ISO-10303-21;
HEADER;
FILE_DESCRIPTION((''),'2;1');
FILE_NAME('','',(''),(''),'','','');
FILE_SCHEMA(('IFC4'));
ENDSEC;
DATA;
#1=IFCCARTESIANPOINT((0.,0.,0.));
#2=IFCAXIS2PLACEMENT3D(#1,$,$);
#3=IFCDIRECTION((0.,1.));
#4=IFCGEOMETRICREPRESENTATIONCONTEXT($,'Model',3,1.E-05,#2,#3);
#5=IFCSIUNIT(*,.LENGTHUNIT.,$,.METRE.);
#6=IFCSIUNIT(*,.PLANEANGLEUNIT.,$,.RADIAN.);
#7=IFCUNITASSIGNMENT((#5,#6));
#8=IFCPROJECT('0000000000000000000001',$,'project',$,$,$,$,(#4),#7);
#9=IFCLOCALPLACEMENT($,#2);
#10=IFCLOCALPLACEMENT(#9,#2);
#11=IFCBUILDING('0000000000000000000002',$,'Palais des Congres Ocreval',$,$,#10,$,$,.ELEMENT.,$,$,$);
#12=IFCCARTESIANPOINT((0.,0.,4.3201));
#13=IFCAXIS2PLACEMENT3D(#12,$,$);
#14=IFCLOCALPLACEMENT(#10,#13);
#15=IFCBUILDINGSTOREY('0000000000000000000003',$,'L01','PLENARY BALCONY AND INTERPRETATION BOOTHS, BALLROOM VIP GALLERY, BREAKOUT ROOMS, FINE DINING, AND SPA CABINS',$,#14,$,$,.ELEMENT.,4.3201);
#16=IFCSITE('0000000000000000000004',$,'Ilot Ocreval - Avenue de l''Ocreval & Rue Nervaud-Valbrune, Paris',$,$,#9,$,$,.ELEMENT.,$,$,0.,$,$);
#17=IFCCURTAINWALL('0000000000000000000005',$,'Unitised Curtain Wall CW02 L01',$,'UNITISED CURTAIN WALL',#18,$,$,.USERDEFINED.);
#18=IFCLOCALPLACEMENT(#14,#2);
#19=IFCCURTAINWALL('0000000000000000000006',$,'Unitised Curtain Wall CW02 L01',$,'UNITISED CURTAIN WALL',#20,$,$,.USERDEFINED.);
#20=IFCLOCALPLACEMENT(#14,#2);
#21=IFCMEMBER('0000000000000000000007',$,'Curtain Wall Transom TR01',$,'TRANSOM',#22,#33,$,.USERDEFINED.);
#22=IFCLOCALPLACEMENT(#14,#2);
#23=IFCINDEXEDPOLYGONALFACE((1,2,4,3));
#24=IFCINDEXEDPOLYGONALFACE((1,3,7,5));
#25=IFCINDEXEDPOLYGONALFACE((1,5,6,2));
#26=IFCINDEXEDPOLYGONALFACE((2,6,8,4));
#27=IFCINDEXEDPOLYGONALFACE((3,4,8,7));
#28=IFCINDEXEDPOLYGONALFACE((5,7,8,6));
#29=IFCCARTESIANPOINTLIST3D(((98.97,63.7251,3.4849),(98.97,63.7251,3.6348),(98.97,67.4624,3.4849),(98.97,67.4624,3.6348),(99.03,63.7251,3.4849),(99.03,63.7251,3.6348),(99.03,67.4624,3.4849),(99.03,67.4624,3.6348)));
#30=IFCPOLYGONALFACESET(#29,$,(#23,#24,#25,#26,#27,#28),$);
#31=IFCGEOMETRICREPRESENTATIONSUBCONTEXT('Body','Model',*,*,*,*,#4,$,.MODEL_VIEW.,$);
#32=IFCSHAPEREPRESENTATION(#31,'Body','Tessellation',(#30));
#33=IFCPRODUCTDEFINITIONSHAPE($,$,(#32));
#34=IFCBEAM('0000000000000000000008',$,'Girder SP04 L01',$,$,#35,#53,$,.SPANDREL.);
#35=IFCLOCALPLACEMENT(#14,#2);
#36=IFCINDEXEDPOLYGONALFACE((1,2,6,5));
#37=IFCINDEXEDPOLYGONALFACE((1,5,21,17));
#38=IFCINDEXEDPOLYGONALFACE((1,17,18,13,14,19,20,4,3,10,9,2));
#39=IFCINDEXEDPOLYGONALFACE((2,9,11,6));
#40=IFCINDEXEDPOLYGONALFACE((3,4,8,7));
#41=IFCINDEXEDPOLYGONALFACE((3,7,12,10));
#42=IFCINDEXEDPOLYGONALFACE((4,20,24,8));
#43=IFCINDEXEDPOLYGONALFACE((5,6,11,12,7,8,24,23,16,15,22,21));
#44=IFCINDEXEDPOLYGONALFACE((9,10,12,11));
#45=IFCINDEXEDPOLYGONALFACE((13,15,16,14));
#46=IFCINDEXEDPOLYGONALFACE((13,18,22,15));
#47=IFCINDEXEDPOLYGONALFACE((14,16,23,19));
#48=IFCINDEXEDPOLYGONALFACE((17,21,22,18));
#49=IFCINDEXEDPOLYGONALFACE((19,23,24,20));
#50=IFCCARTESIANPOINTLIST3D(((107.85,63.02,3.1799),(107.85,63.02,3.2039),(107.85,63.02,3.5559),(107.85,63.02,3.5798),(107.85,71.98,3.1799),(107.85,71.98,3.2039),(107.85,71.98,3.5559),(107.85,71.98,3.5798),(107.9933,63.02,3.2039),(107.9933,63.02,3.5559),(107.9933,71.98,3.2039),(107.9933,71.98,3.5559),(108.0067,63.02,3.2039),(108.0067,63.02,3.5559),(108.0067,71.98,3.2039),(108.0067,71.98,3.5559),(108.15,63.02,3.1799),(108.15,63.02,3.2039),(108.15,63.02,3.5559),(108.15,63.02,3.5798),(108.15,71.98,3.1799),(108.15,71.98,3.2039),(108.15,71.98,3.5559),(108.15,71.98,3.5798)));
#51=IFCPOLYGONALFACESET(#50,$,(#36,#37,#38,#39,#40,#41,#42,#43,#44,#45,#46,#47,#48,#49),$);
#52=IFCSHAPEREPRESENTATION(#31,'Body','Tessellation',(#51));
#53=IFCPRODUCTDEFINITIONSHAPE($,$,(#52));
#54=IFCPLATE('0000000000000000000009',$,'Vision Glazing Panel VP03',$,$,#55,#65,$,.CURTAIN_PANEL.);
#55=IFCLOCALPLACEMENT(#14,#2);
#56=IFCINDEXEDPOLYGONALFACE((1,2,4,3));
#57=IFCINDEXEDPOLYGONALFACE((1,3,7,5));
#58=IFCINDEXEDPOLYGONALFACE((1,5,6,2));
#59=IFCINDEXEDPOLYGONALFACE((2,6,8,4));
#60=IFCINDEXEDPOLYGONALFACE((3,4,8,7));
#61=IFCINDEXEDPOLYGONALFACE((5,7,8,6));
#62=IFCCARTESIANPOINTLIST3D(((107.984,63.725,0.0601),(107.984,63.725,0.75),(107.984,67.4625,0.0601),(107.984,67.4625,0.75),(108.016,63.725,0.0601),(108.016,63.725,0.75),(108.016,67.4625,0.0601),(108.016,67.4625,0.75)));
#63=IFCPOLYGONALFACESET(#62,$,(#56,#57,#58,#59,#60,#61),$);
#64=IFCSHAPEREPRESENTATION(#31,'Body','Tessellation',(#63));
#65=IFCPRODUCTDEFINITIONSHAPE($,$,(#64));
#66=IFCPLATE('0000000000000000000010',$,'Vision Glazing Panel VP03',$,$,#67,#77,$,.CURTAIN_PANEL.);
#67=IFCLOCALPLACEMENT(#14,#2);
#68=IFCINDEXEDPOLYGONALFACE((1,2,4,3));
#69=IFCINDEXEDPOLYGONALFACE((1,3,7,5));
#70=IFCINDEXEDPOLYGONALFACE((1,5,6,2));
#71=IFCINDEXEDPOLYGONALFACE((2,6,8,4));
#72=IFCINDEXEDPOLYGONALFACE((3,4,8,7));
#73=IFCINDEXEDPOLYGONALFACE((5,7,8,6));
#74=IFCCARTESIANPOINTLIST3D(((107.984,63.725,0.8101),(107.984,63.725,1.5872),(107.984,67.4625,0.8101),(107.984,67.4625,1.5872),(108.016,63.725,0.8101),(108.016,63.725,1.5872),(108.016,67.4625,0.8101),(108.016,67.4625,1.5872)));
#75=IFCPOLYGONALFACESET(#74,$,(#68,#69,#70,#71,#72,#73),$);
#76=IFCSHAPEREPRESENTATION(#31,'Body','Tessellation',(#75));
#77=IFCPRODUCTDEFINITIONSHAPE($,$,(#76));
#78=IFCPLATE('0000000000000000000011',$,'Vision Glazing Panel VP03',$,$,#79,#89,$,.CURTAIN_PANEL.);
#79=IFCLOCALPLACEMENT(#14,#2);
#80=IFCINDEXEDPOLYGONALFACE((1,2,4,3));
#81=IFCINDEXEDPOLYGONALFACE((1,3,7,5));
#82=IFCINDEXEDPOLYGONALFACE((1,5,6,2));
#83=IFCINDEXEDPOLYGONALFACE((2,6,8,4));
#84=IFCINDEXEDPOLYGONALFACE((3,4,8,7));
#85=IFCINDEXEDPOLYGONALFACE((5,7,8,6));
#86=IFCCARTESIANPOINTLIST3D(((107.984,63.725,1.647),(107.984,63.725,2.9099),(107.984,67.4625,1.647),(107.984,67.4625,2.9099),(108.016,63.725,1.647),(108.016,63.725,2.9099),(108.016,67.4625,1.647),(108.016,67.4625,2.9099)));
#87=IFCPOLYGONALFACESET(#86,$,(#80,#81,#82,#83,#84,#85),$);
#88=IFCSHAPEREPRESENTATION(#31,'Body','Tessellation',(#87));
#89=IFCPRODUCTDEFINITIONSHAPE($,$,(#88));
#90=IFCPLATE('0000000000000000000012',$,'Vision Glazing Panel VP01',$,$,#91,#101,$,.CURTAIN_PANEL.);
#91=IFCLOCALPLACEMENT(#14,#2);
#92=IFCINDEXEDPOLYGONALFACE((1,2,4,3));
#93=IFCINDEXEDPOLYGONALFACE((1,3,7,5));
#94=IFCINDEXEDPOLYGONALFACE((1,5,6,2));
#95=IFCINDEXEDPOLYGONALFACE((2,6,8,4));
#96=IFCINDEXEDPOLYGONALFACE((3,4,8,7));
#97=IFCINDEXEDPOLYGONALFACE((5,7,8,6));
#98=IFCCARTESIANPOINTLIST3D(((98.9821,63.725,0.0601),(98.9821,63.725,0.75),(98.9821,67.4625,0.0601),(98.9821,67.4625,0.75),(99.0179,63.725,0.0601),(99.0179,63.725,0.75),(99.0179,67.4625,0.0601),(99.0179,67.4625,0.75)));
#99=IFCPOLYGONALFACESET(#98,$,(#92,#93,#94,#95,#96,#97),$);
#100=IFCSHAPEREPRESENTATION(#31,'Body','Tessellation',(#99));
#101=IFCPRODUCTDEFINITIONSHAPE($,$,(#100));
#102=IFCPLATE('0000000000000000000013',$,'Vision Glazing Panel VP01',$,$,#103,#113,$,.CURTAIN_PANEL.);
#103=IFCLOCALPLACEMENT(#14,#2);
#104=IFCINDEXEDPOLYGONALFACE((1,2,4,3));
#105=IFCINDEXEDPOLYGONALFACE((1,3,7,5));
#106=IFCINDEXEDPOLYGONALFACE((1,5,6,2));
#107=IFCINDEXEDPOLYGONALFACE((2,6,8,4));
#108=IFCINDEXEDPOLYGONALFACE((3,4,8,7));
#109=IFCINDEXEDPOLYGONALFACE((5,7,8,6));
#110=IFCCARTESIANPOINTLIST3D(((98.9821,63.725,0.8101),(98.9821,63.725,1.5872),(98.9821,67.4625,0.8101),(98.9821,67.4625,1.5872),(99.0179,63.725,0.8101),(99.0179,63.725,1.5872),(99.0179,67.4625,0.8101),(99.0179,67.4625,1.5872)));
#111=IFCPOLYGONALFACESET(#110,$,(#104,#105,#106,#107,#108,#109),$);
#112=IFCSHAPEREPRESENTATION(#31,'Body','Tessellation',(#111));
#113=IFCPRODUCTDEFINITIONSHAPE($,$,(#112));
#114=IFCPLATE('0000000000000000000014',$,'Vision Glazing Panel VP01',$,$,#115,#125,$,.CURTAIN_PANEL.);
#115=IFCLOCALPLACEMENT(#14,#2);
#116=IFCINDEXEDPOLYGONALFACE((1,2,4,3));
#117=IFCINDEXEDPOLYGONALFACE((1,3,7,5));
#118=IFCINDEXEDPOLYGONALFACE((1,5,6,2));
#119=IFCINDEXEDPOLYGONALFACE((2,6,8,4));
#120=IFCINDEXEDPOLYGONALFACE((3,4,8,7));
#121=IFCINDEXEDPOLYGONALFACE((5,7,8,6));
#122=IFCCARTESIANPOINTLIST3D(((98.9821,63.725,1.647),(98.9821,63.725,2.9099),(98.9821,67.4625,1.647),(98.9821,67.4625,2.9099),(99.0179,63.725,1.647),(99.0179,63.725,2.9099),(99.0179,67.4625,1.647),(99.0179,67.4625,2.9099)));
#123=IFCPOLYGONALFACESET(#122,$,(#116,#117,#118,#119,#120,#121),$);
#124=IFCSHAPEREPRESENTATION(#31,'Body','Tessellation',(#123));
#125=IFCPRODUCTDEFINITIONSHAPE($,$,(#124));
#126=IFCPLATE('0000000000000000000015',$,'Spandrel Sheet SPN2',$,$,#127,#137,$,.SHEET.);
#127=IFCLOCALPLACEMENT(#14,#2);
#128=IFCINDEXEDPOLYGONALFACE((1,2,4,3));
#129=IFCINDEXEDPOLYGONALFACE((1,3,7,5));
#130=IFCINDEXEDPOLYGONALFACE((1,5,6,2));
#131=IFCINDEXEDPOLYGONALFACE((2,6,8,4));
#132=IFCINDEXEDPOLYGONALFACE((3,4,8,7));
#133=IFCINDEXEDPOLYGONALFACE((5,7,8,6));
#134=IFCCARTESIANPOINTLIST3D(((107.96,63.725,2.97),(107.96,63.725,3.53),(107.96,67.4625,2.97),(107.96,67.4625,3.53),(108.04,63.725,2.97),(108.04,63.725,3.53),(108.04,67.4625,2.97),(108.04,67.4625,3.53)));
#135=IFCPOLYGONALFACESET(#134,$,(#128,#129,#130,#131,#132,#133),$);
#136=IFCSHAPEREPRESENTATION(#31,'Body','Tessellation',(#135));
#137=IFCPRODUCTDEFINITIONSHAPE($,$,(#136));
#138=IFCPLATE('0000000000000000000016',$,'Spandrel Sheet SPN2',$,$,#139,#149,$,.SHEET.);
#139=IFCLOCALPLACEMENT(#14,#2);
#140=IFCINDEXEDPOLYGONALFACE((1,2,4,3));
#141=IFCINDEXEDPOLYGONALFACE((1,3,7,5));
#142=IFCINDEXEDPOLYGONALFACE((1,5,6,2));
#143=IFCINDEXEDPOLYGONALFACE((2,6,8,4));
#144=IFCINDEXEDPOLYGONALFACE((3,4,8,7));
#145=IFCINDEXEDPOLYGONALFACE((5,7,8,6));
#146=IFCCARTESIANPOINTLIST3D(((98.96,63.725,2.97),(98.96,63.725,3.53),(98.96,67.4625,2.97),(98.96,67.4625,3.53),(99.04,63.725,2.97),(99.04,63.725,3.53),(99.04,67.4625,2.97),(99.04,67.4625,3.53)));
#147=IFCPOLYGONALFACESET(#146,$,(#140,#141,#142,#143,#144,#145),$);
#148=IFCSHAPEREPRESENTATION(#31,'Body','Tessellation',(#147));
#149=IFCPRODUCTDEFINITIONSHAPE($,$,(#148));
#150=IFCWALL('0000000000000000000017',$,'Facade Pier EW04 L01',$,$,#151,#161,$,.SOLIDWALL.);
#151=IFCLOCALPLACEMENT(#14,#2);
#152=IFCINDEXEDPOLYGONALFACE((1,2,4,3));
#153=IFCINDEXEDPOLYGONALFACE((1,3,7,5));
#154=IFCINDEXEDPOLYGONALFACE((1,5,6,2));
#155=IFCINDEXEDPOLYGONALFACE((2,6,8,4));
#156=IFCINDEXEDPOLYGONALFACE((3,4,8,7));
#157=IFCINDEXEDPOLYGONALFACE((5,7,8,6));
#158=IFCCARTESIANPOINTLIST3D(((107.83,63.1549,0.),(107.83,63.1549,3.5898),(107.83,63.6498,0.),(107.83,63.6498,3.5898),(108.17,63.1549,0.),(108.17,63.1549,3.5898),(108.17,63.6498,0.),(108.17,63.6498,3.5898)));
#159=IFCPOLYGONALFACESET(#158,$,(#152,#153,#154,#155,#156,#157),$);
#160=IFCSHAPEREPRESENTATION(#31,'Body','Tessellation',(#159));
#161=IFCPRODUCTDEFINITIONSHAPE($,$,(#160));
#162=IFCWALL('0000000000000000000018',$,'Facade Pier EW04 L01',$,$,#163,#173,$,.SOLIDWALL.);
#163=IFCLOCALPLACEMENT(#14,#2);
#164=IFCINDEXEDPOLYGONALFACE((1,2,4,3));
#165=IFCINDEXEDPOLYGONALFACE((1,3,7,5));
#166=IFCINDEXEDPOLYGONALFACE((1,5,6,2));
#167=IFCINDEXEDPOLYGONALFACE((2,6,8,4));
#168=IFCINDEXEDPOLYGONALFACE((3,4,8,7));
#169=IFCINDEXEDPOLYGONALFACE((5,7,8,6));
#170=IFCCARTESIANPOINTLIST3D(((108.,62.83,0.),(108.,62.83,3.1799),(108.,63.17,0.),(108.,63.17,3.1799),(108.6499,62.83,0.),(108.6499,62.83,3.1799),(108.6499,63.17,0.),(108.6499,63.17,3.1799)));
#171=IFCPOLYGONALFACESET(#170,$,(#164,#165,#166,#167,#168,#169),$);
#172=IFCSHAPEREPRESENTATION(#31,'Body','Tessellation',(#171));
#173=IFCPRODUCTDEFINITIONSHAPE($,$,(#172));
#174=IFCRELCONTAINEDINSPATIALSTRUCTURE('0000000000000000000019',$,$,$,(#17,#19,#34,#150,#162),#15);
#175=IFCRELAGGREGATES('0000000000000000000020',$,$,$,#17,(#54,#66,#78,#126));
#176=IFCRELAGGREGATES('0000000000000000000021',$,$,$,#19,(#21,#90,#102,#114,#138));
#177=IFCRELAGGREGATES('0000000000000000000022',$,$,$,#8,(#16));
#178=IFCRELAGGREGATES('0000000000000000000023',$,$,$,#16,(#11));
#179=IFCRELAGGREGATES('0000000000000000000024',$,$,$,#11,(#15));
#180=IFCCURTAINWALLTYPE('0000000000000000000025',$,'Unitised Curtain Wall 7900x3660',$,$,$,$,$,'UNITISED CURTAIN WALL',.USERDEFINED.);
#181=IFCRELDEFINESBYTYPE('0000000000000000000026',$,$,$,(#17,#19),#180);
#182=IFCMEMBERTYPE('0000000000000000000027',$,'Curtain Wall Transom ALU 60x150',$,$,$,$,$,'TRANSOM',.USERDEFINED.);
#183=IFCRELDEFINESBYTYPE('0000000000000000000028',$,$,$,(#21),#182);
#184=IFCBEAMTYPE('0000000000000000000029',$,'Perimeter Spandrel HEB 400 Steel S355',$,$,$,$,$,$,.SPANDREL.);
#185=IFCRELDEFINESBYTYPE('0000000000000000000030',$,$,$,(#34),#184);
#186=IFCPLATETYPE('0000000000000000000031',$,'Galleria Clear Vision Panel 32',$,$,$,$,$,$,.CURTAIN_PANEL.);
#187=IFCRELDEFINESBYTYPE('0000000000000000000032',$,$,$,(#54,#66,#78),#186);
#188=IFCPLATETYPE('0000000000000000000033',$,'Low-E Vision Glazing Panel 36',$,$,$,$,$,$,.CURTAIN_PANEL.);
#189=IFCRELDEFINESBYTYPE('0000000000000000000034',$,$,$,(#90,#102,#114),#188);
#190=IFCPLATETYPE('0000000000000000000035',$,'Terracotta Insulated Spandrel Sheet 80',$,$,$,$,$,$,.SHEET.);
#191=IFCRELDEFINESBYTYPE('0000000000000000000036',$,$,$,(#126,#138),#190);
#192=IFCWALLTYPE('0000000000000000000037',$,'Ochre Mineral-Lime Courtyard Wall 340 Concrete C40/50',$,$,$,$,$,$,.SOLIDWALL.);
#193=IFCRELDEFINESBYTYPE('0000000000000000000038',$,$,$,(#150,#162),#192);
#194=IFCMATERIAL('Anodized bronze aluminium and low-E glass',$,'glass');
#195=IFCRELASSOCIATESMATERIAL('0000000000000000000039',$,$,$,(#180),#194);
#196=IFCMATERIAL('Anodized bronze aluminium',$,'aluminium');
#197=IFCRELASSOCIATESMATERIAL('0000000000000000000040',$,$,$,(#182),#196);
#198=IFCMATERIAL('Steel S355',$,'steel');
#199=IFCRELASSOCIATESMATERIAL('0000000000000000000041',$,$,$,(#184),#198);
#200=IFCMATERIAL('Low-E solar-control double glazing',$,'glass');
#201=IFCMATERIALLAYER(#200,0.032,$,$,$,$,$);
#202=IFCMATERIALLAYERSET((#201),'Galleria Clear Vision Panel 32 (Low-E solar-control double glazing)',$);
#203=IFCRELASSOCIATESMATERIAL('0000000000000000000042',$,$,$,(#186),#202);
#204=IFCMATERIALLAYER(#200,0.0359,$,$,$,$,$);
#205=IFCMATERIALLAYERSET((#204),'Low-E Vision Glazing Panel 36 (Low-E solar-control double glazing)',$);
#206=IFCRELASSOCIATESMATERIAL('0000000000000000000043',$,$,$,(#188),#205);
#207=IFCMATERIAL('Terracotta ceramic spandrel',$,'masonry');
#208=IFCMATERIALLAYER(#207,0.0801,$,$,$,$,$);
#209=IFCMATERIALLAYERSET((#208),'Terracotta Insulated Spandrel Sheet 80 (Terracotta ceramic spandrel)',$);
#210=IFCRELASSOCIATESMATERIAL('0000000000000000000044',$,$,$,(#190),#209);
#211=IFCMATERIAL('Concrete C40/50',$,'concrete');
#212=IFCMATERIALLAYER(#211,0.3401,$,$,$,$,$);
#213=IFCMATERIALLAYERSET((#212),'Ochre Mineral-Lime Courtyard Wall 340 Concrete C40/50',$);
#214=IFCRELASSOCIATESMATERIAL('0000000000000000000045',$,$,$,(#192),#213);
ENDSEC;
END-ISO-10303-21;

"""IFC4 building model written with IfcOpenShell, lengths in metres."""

from ifc_helpers import new_model, si_unit, direction, frame, frame_2d, origin, origin_2d, place, context, subcontext, project, spatial, rectangle, i_section, extrude, material, layer, layer_set, material_profile, profile_set, type_object, element, aggregate, save


model = new_model("IFC4")

# Units and contexts
model_context = context("Model", 3, precision=1e-05, world=origin(), true_north=direction((0.0, 1.0)))
body_context = subcontext(model_context, "Body", "Model", "MODEL_VIEW")
ifc_project = project(units=[si_unit("LENGTHUNIT", "METRE"), si_unit("PLANEANGLEUNIT", "RADIAN")], contexts=[model_context])

# Site, building, storey
site_placement = place(None, origin())
site = spatial("IfcSite", under=ifc_project, at=site_placement, Name="Ilot Ocreval - Avenue de l'Ocreval & Rue Nervaud-Valbrune, Paris", CompositionType="ELEMENT", RefElevation=0.0)
building_placement = place(site_placement, origin())
building = spatial("IfcBuilding", under=site, at=building_placement, Name="Palais des Congres Ocreval", CompositionType="ELEMENT")
storey_placement = place(building_placement, frame((0.0, 0.0, 4.3201)))
storey = spatial("IfcBuildingStorey", under=building, at=storey_placement, Name="L01", Description="PLENARY BALCONY AND INTERPRETATION BOOTHS, BALLROOM VIP GALLERY, BREAKOUT ROOMS, FINE DINING, AND SPA CABINS", CompositionType="ELEMENT", Elevation=4.3201)

# Shared definitions
ifc_material_1 = material(Name="Steel S355", Category="steel")

# Curtain walls
ifc_material_2 = material(Name="Anodized bronze aluminium and low-E glass", Category="glass")
curtain_wall_type = type_object("IfcCurtainWallType", Name="Unitised Curtain Wall 7900x3660", ElementType="UNITISED CURTAIN WALL", PredefinedType="USERDEFINED", material=ifc_material_2)
curtain_wall_1_placement = place(storey_placement, origin())
curtain_wall_1 = element("IfcCurtainWall", 1, at=curtain_wall_1_placement, inside=storey, type_object=curtain_wall_type, Name="Unitised Curtain Wall CW02 L01", ObjectType="UNITISED CURTAIN WALL", PredefinedType="USERDEFINED")
ifc_material_3 = material(Name="Anodized bronze aluminium", Category="aluminium")
curtain_wall_2_placement = place(storey_placement, origin())
curtain_wall_2 = element("IfcCurtainWall", 2, at=curtain_wall_2_placement, inside=storey, type_object=curtain_wall_type, Name="Unitised Curtain Wall CW02 L01", ObjectType="UNITISED CURTAIN WALL", PredefinedType="USERDEFINED")

# Member
ifc_material_profile_1 = material_profile(ifc_material_3, rectangle(XDim=0.0601, YDim=0.1499, at=origin_2d()), Name="ALU 60x150")
ifc_profile_set_1 = profile_set([ifc_material_profile_1], Name="Anodized bronze aluminium")
member_type_1 = type_object("IfcMemberType", Name="Curtain Wall Transom ALU 60x150", ElementType="TRANSOM", PredefinedType="USERDEFINED", material=ifc_profile_set_1)
member_1_placement = place(storey_placement, frame((99.0, 63.7251, 3.5598), z_axis=(0.0, 1.0, 0.0), x_axis=(-1.0, 0.0, 0.0)))
member_1 = element("IfcMember", 3, at=member_1_placement, type_object=member_type_1, Name="Curtain Wall Transom TR01", ObjectType="TRANSOM", PredefinedType="USERDEFINED", context=body_context, shape_type="SweptSolid", body=[
    extrude(rectangle(XDim=0.0601, YDim=0.1499, at=origin_2d()), origin(), (0.0, 0.0, 1.0), 3.7373),
])

# Beam
ifc_material_profile_2 = material_profile(ifc_material_1, i_section(OverallWidth=0.3, OverallDepth=0.3999, WebThickness=0.0134, FlangeThickness=0.0239, at=origin_2d()), Name="HEB 400")
ifc_profile_set_2 = profile_set([ifc_material_profile_2], Name="Steel S355")
beam_type = type_object("IfcBeamType", Name="Perimeter Spandrel HEB 400 Steel S355", PredefinedType="SPANDREL", material=ifc_profile_set_2)
beam_placement = place(storey_placement, frame((108.0, 63.02, 3.3799), z_axis=(0.0, 1.0, 0.0), x_axis=(-1.0, 0.0, 0.0)))
element("IfcBeam", 4, at=beam_placement, inside=storey, type_object=beam_type, Name="Girder SP04 L01", PredefinedType="SPANDREL", context=body_context, shape_type="SweptSolid", body=[
    extrude(i_section(OverallWidth=0.3, OverallDepth=0.3999, WebThickness=0.0134, FlangeThickness=0.0239, at=origin_2d()), origin(), (0.0, 0.0, 1.0), 8.96),
])

# Plates
ifc_material_4 = material(Name="Low-E solar-control double glazing", Category="glass")
ifc_layer_1 = layer(ifc_material_4, 0.032)
ifc_layer_set_1 = layer_set([ifc_layer_1], Name="Galleria Clear Vision Panel 32 (Low-E solar-control double glazing)")
plate_type_1 = type_object("IfcPlateType", Name="Galleria Clear Vision Panel 32", PredefinedType="CURTAIN_PANEL", material=ifc_layer_set_1)
plate_1_placement = place(storey_placement, frame((108.0, 65.5938, 0.0601), z_axis=(0.0, 0.0, 1.0), x_axis=(0.0, -1.0, 0.0)))
plate_1 = element("IfcPlate", 5, at=plate_1_placement, type_object=plate_type_1, Name="Vision Glazing Panel VP03", PredefinedType="CURTAIN_PANEL", context=body_context, shape_type="SweptSolid", body=[
    extrude(rectangle(XDim=3.7375, YDim=0.032, at=origin_2d()), origin(), (0.0, 0.0, 1.0), 0.6899),
])
plate_2_placement = place(storey_placement, frame((108.0, 65.5938, 0.8101), z_axis=(0.0, 0.0, 1.0), x_axis=(0.0, -1.0, 0.0)))
plate_2 = element("IfcPlate", 6, at=plate_2_placement, type_object=plate_type_1, Name="Vision Glazing Panel VP03", PredefinedType="CURTAIN_PANEL", context=body_context, shape_type="SweptSolid", body=[
    extrude(rectangle(XDim=3.7375, YDim=0.032, at=origin_2d()), origin(), (0.0, 0.0, 1.0), 0.7771),
])
plate_3_placement = place(storey_placement, frame((108.0, 65.5938, 1.647), z_axis=(0.0, 0.0, 1.0), x_axis=(0.0, -1.0, 0.0)))
plate_3 = element("IfcPlate", 7, at=plate_3_placement, type_object=plate_type_1, Name="Vision Glazing Panel VP03", PredefinedType="CURTAIN_PANEL", context=body_context, shape_type="SweptSolid", body=[
    extrude(rectangle(XDim=3.7375, YDim=0.032, at=origin_2d()), origin(), (0.0, 0.0, 1.0), 1.2629),
])
ifc_layer_2 = layer(ifc_material_4, 0.0359)
ifc_layer_set_2 = layer_set([ifc_layer_2], Name="Low-E Vision Glazing Panel 36 (Low-E solar-control double glazing)")
plate_type_2 = type_object("IfcPlateType", Name="Low-E Vision Glazing Panel 36", PredefinedType="CURTAIN_PANEL", material=ifc_layer_set_2)
plate_4_placement = place(storey_placement, frame((99.0, 65.5938, 0.0601), z_axis=(0.0, 0.0, 1.0), x_axis=(0.0, 1.0, 0.0)))
plate_4 = element("IfcPlate", 8, at=plate_4_placement, type_object=plate_type_2, Name="Vision Glazing Panel VP01", PredefinedType="CURTAIN_PANEL", context=body_context, shape_type="SweptSolid", body=[
    extrude(rectangle(XDim=3.7375, YDim=0.0359, at=origin_2d()), origin(), (0.0, 0.0, 1.0), 0.6899),
])
plate_5_placement = place(storey_placement, frame((99.0, 65.5938, 0.8101), z_axis=(0.0, 0.0, 1.0), x_axis=(0.0, 1.0, 0.0)))
plate_5 = element("IfcPlate", 9, at=plate_5_placement, type_object=plate_type_2, Name="Vision Glazing Panel VP01", PredefinedType="CURTAIN_PANEL", context=body_context, shape_type="SweptSolid", body=[
    extrude(rectangle(XDim=3.7375, YDim=0.0359, at=origin_2d()), origin(), (0.0, 0.0, 1.0), 0.7771),
])
plate_6_placement = place(storey_placement, frame((99.0, 65.5938, 1.647), z_axis=(0.0, 0.0, 1.0), x_axis=(0.0, 1.0, 0.0)))
plate_6 = element("IfcPlate", 10, at=plate_6_placement, type_object=plate_type_2, Name="Vision Glazing Panel VP01", PredefinedType="CURTAIN_PANEL", context=body_context, shape_type="SweptSolid", body=[
    extrude(rectangle(XDim=3.7375, YDim=0.0359, at=origin_2d()), origin(), (0.0, 0.0, 1.0), 1.2629),
])
ifc_material_5 = material(Name="Terracotta ceramic spandrel", Category="masonry")
ifc_layer_3 = layer(ifc_material_5, 0.0801)
ifc_layer_set_3 = layer_set([ifc_layer_3], Name="Terracotta Insulated Spandrel Sheet 80 (Terracotta ceramic spandrel)")
plate_type_3 = type_object("IfcPlateType", Name="Terracotta Insulated Spandrel Sheet 80", PredefinedType="SHEET", material=ifc_layer_set_3)
plate_7_placement = place(storey_placement, frame((108.0, 65.5938, 2.97), z_axis=(0.0, 0.0, 1.0), x_axis=(0.0, -1.0, 0.0)))
plate_7 = element("IfcPlate", 11, at=plate_7_placement, type_object=plate_type_3, Name="Spandrel Sheet SPN2", PredefinedType="SHEET", context=body_context, shape_type="SweptSolid", body=[
    extrude(rectangle(XDim=3.7375, YDim=0.0801, at=origin_2d()), origin(), (0.0, 0.0, 1.0), 0.5601),
])
aggregate(curtain_wall_1, [plate_1, plate_2, plate_3, plate_7])
plate_8_placement = place(storey_placement, frame((99.0, 65.5938, 2.97), z_axis=(0.0, 0.0, 1.0), x_axis=(0.0, 1.0, 0.0)))
plate_8 = element("IfcPlate", 12, at=plate_8_placement, type_object=plate_type_3, Name="Spandrel Sheet SPN2", PredefinedType="SHEET", context=body_context, shape_type="SweptSolid", body=[
    extrude(rectangle(XDim=3.7375, YDim=0.0801, at=origin_2d()), origin(), (0.0, 0.0, 1.0), 0.5601),
])
aggregate(curtain_wall_2, [member_1, plate_4, plate_5, plate_6, plate_8])

# Walls
ifc_material_6 = material(Name="Concrete C40/50", Category="concrete")
ifc_layer_4 = layer(ifc_material_6, 0.3401)
ifc_layer_set_4 = layer_set([ifc_layer_4], Name="Ochre Mineral-Lime Courtyard Wall 340 Concrete C40/50")
wall_type = type_object("IfcWallType", Name="Ochre Mineral-Lime Courtyard Wall 340 Concrete C40/50", PredefinedType="SOLIDWALL", material=ifc_layer_set_4)
wall_1_placement = place(storey_placement, frame((108.0, 63.6499, 0.0), z_axis=(0.0, 0.0, 1.0), x_axis=(0.0, -1.0, 0.0)))
element("IfcWall", 13, at=wall_1_placement, inside=storey, type_object=wall_type, Name="Facade Pier EW04 L01", PredefinedType="SOLIDWALL", context=body_context, shape_type="SweptSolid", body=[
    extrude(rectangle(XDim=0.4949, YDim=0.3401, at=frame_2d((0.2476, 0.0))), origin(), (0.0, 0.0, 1.0), 3.5898),
])
wall_2_placement = place(storey_placement, frame((108.0, 63.0, 0.0), z_axis=(0.0, 0.0, 1.0), x_axis=(1.0, 0.0, 0.0)))
element("IfcWall", 14, at=wall_2_placement, inside=storey, type_object=wall_type, Name="Facade Pier EW04 L01", PredefinedType="SOLIDWALL", context=body_context, shape_type="SweptSolid", body=[
    extrude(rectangle(XDim=0.6499, YDim=0.3401, at=frame_2d((0.325, 0.0))), origin(), (0.0, 0.0, 1.0), 3.1799),
])

save(model, "model.ifc")
